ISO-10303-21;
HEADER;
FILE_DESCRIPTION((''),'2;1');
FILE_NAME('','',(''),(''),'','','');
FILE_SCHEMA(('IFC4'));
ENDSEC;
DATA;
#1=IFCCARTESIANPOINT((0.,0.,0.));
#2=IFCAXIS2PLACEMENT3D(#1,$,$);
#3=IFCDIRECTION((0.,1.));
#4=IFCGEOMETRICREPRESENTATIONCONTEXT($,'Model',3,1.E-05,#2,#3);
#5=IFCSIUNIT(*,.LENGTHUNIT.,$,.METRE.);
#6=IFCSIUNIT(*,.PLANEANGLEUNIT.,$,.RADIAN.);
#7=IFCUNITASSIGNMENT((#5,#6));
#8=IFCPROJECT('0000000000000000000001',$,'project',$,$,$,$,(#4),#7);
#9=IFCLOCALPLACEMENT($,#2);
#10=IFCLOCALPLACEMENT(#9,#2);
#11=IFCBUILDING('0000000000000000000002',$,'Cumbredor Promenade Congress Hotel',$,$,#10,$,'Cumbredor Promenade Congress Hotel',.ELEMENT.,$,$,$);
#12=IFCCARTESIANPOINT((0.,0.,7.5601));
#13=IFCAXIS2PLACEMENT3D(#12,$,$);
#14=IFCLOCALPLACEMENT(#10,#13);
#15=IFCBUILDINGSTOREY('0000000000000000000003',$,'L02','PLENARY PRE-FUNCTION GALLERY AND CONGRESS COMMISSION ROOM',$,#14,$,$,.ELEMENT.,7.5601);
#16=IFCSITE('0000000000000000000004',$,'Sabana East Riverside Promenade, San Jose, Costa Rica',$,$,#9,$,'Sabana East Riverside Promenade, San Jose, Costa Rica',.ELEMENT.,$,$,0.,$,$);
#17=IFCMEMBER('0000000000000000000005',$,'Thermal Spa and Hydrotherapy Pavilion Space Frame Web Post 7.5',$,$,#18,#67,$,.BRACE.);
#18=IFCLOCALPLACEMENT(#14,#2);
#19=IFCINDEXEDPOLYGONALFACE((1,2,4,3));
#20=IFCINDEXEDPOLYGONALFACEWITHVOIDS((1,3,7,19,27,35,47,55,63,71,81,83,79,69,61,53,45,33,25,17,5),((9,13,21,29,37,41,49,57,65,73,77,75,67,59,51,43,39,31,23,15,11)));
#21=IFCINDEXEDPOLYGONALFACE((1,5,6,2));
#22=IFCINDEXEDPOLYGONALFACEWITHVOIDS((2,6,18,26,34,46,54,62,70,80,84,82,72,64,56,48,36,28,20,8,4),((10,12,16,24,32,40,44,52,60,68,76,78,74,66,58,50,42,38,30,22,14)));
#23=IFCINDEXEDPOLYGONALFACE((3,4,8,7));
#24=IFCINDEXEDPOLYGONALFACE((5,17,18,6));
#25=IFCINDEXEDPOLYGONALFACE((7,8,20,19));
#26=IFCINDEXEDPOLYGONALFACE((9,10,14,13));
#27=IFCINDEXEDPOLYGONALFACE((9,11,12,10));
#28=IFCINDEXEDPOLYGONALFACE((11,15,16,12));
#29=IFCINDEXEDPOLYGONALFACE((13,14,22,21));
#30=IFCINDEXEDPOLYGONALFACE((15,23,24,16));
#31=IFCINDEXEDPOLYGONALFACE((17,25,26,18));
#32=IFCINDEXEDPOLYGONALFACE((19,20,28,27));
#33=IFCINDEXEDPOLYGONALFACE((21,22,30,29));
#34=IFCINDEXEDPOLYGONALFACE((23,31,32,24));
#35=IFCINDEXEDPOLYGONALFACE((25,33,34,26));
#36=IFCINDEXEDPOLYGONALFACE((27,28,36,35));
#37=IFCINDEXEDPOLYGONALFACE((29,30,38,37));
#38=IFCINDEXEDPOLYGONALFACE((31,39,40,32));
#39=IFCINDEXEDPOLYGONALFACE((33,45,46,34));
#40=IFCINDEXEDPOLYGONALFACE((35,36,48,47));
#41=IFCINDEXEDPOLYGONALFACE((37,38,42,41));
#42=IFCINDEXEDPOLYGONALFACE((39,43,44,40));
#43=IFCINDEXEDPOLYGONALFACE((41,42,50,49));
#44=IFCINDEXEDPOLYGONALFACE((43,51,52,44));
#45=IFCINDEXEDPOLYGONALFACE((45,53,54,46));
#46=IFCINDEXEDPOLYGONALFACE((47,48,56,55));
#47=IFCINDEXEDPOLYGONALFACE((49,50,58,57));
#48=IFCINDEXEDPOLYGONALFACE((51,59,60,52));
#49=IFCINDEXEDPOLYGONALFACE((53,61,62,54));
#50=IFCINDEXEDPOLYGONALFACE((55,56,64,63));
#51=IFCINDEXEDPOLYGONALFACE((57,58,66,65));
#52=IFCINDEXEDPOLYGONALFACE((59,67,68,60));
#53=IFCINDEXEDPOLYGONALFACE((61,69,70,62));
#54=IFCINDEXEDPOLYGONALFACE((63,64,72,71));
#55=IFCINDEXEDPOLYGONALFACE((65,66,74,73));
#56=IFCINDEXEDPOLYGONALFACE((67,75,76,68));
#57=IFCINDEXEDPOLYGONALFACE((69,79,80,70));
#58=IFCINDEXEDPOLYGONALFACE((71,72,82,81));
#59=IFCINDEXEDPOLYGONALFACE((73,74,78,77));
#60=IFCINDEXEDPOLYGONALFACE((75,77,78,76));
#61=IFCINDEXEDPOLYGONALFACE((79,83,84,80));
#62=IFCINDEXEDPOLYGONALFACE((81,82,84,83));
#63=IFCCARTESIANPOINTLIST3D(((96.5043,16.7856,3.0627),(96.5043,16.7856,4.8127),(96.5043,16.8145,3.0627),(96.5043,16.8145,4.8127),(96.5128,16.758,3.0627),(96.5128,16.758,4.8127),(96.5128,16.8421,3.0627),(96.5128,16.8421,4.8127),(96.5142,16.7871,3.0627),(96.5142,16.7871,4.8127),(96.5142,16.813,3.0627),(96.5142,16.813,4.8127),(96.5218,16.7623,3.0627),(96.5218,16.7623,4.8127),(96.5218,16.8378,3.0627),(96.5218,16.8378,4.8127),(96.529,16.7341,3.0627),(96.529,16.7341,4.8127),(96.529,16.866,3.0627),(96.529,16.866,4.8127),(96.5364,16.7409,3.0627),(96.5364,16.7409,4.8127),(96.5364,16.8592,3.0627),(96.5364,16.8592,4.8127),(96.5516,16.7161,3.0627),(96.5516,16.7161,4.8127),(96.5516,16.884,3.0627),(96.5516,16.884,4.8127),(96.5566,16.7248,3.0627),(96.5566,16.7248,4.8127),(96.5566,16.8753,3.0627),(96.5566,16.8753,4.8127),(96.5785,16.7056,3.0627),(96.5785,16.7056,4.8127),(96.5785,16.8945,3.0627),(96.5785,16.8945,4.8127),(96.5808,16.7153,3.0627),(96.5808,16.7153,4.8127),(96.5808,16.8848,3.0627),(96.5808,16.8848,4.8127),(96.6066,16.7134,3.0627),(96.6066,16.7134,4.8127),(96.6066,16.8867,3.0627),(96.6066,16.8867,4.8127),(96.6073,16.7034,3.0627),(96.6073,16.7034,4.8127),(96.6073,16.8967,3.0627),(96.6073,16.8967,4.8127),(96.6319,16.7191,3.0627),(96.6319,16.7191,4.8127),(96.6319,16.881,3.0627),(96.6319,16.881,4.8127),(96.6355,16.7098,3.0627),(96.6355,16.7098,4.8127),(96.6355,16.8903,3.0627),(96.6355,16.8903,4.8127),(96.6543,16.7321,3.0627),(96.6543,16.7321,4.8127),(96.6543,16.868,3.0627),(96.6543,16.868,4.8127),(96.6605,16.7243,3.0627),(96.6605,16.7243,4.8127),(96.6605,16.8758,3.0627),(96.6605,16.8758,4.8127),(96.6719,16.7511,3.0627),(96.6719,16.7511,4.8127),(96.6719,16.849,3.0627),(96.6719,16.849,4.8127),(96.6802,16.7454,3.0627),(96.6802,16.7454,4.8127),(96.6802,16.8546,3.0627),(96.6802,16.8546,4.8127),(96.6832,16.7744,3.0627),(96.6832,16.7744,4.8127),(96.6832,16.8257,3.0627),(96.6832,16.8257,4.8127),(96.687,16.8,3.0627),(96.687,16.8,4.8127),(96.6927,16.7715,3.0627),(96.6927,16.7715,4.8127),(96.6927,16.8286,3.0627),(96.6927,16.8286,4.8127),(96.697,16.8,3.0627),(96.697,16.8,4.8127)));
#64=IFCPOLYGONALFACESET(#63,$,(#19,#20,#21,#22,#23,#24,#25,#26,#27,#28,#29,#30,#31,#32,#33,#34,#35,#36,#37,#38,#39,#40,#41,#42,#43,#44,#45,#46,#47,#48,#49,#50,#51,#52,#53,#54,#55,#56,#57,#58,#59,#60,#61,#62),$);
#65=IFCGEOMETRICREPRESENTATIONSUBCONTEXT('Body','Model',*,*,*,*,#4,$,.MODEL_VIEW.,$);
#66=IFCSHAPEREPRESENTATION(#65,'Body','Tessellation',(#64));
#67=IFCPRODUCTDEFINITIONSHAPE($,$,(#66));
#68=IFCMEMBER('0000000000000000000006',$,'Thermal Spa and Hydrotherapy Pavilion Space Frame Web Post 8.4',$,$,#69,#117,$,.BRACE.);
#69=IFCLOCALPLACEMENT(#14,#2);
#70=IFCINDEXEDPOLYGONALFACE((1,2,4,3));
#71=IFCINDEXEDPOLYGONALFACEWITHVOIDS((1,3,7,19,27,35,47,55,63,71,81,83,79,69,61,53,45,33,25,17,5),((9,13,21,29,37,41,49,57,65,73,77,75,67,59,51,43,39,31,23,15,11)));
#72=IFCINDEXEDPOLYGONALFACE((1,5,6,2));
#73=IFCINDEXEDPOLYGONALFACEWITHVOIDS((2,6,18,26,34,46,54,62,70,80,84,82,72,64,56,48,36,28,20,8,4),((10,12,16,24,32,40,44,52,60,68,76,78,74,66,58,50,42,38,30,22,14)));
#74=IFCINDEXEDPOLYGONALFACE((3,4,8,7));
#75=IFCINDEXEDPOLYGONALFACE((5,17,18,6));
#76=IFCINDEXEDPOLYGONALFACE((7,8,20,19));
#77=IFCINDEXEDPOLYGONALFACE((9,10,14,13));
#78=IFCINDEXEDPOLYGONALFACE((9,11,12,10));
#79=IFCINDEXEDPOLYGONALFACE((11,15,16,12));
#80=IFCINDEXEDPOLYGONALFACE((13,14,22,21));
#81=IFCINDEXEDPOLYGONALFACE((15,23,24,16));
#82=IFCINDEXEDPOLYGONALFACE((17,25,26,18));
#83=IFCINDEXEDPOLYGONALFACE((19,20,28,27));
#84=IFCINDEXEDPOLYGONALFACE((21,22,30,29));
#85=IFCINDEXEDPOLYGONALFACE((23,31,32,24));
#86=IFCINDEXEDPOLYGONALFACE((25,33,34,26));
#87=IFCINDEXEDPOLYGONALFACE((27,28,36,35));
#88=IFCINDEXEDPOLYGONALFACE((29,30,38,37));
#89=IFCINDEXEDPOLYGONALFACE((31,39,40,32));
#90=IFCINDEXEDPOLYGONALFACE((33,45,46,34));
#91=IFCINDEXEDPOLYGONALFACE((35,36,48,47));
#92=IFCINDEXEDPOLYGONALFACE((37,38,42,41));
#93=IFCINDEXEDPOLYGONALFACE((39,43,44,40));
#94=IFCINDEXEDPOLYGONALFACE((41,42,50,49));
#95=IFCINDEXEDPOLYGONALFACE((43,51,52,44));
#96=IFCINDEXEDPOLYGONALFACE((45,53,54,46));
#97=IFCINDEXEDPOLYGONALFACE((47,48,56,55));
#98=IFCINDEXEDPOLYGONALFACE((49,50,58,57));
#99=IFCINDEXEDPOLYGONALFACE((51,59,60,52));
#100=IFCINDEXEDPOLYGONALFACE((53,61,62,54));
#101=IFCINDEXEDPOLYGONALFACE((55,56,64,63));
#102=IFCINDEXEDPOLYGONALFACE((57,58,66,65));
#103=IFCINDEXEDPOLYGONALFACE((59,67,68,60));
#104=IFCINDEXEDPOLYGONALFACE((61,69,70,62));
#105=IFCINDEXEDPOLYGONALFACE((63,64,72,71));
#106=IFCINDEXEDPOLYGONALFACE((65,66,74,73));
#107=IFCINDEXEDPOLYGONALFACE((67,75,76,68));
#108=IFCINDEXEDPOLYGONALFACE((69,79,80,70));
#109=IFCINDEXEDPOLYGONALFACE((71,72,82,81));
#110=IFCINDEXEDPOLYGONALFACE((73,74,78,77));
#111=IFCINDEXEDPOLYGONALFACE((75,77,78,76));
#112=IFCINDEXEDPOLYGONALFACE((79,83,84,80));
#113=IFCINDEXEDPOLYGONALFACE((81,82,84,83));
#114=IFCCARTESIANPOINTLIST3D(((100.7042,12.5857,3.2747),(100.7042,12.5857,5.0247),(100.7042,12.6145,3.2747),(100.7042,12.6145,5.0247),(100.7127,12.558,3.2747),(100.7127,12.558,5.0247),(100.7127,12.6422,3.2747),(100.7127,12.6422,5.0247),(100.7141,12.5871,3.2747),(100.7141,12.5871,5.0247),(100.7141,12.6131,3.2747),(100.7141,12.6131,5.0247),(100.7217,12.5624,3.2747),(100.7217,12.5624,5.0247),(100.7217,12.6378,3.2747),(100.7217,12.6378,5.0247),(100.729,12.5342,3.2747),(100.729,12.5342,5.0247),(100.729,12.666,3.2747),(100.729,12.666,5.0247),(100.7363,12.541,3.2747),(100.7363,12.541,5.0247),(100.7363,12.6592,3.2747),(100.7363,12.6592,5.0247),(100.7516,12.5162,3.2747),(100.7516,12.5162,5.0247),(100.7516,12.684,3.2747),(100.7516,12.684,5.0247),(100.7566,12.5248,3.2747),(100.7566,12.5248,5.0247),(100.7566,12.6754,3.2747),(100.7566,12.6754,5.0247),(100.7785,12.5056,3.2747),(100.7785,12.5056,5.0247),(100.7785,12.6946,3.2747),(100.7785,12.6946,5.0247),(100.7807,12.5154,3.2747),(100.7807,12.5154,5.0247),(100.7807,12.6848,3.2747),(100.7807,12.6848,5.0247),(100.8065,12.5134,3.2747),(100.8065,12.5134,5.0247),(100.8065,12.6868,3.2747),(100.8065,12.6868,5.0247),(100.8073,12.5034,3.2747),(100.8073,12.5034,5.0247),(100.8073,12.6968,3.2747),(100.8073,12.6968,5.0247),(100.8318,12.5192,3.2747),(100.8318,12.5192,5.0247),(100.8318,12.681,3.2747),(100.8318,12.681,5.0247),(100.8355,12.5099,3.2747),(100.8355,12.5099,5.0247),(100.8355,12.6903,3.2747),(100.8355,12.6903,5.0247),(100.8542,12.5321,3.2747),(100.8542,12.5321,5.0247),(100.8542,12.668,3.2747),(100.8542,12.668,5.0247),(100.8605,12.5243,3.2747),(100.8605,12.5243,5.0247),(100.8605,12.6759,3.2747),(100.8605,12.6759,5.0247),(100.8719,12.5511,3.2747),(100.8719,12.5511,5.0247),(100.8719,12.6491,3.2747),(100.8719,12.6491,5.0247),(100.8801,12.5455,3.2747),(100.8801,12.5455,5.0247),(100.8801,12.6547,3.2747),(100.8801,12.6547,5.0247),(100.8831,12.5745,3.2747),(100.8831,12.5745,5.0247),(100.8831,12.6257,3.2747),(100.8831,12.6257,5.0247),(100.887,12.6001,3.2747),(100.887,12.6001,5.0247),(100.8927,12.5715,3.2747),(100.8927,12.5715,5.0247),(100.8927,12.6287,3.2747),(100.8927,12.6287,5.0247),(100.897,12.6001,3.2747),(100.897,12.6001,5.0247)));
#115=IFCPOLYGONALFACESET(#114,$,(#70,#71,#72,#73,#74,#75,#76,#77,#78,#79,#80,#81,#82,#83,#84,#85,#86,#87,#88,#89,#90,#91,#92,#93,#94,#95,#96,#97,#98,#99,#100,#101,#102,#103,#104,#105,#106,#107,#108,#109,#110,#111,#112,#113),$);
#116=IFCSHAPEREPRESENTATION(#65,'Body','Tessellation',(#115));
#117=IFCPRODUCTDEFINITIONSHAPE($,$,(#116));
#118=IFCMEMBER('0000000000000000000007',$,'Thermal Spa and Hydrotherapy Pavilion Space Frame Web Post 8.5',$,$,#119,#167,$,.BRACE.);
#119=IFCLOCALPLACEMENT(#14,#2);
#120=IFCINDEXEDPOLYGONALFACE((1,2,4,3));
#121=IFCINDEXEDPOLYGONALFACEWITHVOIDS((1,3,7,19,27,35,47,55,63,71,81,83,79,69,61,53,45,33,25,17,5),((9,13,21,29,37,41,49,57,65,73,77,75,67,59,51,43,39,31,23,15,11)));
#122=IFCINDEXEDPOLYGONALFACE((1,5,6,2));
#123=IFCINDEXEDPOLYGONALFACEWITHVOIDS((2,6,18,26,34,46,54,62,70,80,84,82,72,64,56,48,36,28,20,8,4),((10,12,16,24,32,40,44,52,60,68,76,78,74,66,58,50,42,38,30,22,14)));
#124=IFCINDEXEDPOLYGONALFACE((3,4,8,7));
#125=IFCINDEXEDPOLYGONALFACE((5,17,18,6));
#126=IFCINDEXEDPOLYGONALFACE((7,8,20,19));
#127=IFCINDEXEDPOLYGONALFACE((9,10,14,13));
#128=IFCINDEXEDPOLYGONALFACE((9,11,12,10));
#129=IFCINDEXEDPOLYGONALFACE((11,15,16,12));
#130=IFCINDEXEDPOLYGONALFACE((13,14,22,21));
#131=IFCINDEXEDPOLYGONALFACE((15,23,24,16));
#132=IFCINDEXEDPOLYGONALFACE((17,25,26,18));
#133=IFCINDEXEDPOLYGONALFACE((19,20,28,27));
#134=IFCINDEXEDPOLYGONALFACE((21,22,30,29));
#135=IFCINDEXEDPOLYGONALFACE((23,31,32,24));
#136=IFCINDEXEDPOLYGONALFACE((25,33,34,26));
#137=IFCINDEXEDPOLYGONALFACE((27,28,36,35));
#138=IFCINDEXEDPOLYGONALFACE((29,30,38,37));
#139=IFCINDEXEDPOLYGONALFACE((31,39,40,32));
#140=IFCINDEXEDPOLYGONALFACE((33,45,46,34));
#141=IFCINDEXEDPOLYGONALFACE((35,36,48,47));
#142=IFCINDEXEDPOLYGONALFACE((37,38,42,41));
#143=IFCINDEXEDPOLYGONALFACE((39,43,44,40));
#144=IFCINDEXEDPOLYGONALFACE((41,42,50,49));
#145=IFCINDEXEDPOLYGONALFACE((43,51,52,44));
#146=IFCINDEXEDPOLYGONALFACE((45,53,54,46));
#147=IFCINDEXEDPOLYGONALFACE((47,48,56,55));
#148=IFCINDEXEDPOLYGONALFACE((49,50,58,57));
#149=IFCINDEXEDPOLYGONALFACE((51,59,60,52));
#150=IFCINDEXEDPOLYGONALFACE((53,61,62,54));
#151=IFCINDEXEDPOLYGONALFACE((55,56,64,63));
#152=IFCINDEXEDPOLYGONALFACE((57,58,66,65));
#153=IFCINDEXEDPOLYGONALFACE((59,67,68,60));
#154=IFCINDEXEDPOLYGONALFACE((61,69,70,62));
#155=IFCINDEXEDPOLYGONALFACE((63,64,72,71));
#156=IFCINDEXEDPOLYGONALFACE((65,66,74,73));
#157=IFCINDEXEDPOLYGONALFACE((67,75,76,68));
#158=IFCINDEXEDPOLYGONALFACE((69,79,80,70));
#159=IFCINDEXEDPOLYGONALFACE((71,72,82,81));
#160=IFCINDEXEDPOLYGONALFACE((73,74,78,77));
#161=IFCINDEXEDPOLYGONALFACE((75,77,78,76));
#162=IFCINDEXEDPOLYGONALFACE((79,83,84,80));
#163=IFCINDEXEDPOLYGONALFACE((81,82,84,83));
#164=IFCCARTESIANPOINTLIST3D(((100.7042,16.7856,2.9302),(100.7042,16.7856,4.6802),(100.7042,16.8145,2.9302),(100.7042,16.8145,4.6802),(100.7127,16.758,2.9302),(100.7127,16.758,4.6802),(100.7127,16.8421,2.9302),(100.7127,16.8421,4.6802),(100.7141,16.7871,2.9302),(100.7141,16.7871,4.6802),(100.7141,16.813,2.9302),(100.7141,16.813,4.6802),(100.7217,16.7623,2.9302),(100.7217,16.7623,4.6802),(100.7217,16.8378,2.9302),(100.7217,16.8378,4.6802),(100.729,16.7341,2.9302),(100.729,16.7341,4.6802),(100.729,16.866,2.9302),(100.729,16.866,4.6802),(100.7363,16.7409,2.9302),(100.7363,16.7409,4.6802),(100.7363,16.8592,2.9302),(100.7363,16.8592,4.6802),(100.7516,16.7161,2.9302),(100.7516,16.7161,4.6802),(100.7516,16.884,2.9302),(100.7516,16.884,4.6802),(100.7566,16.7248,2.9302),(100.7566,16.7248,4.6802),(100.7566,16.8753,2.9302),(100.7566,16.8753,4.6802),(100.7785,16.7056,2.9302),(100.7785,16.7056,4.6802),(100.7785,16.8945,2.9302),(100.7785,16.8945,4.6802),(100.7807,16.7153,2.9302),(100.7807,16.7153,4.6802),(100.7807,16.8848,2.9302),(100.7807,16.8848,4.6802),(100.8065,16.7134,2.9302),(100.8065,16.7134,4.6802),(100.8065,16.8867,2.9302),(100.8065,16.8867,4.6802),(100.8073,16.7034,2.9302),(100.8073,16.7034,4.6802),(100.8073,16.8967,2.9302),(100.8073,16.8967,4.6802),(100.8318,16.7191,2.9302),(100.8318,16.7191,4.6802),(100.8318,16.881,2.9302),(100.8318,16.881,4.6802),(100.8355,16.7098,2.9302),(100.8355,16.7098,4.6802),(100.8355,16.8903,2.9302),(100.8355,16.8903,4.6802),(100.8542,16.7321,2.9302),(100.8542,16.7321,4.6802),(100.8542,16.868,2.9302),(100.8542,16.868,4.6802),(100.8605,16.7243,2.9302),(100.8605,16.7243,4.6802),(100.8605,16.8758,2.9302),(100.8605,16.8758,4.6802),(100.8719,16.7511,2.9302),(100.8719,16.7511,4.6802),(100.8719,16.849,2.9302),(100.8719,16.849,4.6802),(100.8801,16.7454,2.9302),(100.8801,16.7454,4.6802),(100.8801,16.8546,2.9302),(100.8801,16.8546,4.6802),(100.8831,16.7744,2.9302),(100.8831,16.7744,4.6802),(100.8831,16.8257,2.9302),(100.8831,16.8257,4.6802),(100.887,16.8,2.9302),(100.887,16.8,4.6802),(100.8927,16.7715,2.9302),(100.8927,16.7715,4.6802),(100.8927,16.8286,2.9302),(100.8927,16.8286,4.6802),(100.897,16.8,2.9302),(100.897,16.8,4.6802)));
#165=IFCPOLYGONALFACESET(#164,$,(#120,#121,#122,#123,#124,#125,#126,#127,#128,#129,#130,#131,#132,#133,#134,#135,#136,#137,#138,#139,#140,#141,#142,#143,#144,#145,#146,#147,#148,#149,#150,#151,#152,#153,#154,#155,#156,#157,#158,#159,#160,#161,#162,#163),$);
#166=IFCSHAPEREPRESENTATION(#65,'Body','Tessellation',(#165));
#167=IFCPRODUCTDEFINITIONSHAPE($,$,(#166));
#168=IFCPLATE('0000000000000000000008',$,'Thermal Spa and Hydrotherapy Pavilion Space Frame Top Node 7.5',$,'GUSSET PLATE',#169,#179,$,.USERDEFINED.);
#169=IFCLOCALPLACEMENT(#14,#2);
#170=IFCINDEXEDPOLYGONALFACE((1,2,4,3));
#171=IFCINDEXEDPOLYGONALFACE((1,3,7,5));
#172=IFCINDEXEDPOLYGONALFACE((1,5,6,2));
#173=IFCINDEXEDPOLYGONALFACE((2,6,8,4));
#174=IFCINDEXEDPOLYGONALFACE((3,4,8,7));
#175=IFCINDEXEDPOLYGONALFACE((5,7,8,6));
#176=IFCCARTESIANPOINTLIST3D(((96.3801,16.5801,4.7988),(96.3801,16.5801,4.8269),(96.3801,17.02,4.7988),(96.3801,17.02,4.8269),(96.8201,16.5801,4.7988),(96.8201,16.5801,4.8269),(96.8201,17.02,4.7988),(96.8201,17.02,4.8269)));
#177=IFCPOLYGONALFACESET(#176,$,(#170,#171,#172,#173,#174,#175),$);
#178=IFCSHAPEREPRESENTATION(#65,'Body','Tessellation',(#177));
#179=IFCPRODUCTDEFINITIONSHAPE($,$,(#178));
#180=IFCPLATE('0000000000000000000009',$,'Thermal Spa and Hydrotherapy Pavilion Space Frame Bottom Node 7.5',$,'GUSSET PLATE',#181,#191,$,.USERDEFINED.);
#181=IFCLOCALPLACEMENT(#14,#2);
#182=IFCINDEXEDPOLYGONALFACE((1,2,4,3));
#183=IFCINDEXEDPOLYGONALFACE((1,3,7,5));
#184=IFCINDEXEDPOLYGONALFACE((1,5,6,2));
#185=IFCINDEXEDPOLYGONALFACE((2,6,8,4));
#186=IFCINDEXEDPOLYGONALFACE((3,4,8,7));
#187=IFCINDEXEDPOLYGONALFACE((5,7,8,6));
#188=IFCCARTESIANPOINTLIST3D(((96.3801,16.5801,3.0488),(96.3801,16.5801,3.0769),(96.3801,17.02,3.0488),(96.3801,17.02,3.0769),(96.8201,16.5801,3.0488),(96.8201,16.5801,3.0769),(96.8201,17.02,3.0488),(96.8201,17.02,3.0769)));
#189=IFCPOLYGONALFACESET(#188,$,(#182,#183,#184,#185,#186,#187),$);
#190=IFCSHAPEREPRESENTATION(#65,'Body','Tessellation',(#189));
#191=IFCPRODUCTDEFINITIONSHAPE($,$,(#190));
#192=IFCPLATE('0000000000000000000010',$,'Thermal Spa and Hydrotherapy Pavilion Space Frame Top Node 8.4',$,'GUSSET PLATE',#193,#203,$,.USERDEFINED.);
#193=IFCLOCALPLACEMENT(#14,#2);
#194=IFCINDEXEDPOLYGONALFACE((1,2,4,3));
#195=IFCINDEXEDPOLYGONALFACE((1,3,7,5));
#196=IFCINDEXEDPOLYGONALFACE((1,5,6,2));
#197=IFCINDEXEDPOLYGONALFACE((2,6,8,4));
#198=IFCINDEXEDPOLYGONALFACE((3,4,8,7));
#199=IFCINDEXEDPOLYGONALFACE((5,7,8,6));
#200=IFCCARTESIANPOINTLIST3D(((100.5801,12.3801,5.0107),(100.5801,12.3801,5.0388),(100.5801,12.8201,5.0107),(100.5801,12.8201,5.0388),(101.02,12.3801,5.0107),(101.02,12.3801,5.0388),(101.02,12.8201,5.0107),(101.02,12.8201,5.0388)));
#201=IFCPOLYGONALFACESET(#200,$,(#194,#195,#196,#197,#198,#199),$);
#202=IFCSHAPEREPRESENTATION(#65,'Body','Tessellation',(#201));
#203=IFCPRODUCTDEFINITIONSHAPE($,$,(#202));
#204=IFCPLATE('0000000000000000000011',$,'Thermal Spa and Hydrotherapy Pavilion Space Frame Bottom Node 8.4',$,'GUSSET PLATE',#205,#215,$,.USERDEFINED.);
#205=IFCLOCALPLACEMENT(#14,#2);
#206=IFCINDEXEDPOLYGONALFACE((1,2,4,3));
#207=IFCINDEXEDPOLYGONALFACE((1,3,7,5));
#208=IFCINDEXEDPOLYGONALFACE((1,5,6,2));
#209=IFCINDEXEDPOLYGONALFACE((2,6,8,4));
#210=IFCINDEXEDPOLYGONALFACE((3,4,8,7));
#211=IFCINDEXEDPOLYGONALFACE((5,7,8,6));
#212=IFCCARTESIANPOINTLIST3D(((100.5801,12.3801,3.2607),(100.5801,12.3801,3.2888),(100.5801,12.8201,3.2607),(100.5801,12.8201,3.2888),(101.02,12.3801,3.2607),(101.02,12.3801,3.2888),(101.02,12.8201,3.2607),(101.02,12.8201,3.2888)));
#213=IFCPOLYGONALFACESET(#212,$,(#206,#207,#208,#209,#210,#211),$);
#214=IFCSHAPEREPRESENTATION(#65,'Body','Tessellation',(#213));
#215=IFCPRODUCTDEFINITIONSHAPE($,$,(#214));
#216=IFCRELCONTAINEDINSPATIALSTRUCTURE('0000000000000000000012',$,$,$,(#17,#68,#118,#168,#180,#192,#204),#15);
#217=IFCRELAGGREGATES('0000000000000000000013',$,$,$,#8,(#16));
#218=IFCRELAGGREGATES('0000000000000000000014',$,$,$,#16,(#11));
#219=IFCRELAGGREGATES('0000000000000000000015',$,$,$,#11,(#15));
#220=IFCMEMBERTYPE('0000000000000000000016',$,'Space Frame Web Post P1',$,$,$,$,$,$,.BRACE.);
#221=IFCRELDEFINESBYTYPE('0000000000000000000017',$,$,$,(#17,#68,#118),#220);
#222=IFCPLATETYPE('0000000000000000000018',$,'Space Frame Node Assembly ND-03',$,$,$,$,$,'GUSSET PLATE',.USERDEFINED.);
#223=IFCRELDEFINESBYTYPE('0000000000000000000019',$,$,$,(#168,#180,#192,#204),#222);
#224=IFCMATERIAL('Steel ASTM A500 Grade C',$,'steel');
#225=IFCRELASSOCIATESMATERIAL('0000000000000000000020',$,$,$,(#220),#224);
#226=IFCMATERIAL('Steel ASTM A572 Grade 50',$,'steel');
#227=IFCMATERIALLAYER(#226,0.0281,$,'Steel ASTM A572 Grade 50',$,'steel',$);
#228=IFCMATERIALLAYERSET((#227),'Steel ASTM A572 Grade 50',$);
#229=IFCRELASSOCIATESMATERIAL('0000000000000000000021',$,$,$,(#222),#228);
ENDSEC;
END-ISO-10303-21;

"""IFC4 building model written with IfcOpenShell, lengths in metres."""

from ifc_helpers import new_model, si_unit, direction, frame, origin, origin_2d, place, context, subcontext, project, spatial, rectangle, hollow_circle, extrude, material, layer, layer_set, material_profile, profile_set, type_object, element, save


model = new_model("IFC4")

# Units and contexts
model_context = context("Model", 3, precision=1e-05, world=origin(), true_north=direction((0.0, 1.0)))
body_context = subcontext(model_context, "Body", "Model", "MODEL_VIEW")
ifc_project = project(units=[si_unit("LENGTHUNIT", "METRE"), si_unit("PLANEANGLEUNIT", "RADIAN")], contexts=[model_context])

# Site, building, storey
site_placement = place(None, origin())
site = spatial("IfcSite", under=ifc_project, at=site_placement, Name="Sabana East Riverside Promenade, San Jose, Costa Rica", LongName="Sabana East Riverside Promenade, San Jose, Costa Rica", CompositionType="ELEMENT", RefElevation=0.0)
building_placement = place(site_placement, origin())
building = spatial("IfcBuilding", under=site, at=building_placement, Name="Cumbredor Promenade Congress Hotel", LongName="Cumbredor Promenade Congress Hotel", CompositionType="ELEMENT")
storey_placement = place(building_placement, frame((0.0, 0.0, 7.5601)))
storey = spatial("IfcBuildingStorey", under=building, at=storey_placement, Name="L02", Description="PLENARY PRE-FUNCTION GALLERY AND CONGRESS COMMISSION ROOM", CompositionType="ELEMENT", Elevation=7.5601)

# Members
ifc_material_1 = material(Name="Steel ASTM A500 Grade C", Category="steel")
ifc_material_profile_1 = material_profile(ifc_material_1, hollow_circle(Radius=0.0969, WallThickness=0.01, at=origin_2d()), Name="CHS 193.7x10")
ifc_profile_set_1 = profile_set([ifc_material_profile_1], Name="Steel ASTM A500 Grade C")
member_type_1 = type_object("IfcMemberType", Name="Space Frame Web Post P1", PredefinedType="BRACE", material=ifc_profile_set_1)
for number, where, z_axis, x_axis, name in (
    (1, (96.6001, 16.8, 3.0627), (0.0, 0.0, 1.0), (1.0, 0.0, 0.0), "Thermal Spa and Hydrotherapy Pavilion Space Frame Web Post 7.5"),
    (2, (100.8, 12.6001, 3.2747), (0.0, 0.0, 1.0), (1.0, 0.0, 0.0), "Thermal Spa and Hydrotherapy Pavilion Space Frame Web Post 8.4"),
    (3, (100.8, 16.8, 2.9302), (0.0, 0.0, 1.0), (1.0, 0.0, 0.0), "Thermal Spa and Hydrotherapy Pavilion Space Frame Web Post 8.5"),
):
    element("IfcMember", number, at=place(storey_placement, frame(where, z_axis=z_axis, x_axis=x_axis)), inside=storey, type_object=member_type_1, Name=name, PredefinedType="BRACE", context=body_context, shape_type="SweptSolid", body=[
        extrude(hollow_circle(Radius=0.0969, WallThickness=0.01, at=origin_2d()), origin(), (0.0, 0.0, 1.0), 1.75),
    ])

# Plates
ifc_material_2 = material(Name="Steel ASTM A572 Grade 50", Category="steel")
ifc_layer = layer(ifc_material_2, 0.0281, Name="Steel ASTM A572 Grade 50", Category="steel")
ifc_layer_set = layer_set([ifc_layer], Name="Steel ASTM A572 Grade 50")
plate_type = type_object("IfcPlateType", Name="Space Frame Node Assembly ND-03", ElementType="GUSSET PLATE", PredefinedType="USERDEFINED", material=ifc_layer_set)
for number, where, z_axis, x_axis, name in (
    (4, (96.6001, 16.8, 4.7988), (0.0, 0.0, 1.0), (1.0, 0.0, 0.0), "Thermal Spa and Hydrotherapy Pavilion Space Frame Top Node 7.5"),
    (5, (96.6001, 16.8, 3.0488), (0.0, 0.0, 1.0), (1.0, 0.0, 0.0), "Thermal Spa and Hydrotherapy Pavilion Space Frame Bottom Node 7.5"),
    (6, (100.8, 12.6001, 5.0107), (0.0, 0.0, 1.0), (1.0, 0.0, 0.0), "Thermal Spa and Hydrotherapy Pavilion Space Frame Top Node 8.4"),
    (7, (100.8, 12.6001, 3.2607), (0.0, 0.0, 1.0), (1.0, 0.0, 0.0), "Thermal Spa and Hydrotherapy Pavilion Space Frame Bottom Node 8.4"),
):
    element("IfcPlate", number, at=place(storey_placement, frame(where, z_axis=z_axis, x_axis=x_axis)), inside=storey, type_object=plate_type, Name=name, ObjectType="GUSSET PLATE", PredefinedType="USERDEFINED", context=body_context, shape_type="SweptSolid", body=[
        extrude(rectangle(XDim=0.4399, YDim=0.4399, at=origin_2d()), origin(), (0.0, 0.0, 1.0), 0.0281),
    ])

save(model, "model.ifc")
